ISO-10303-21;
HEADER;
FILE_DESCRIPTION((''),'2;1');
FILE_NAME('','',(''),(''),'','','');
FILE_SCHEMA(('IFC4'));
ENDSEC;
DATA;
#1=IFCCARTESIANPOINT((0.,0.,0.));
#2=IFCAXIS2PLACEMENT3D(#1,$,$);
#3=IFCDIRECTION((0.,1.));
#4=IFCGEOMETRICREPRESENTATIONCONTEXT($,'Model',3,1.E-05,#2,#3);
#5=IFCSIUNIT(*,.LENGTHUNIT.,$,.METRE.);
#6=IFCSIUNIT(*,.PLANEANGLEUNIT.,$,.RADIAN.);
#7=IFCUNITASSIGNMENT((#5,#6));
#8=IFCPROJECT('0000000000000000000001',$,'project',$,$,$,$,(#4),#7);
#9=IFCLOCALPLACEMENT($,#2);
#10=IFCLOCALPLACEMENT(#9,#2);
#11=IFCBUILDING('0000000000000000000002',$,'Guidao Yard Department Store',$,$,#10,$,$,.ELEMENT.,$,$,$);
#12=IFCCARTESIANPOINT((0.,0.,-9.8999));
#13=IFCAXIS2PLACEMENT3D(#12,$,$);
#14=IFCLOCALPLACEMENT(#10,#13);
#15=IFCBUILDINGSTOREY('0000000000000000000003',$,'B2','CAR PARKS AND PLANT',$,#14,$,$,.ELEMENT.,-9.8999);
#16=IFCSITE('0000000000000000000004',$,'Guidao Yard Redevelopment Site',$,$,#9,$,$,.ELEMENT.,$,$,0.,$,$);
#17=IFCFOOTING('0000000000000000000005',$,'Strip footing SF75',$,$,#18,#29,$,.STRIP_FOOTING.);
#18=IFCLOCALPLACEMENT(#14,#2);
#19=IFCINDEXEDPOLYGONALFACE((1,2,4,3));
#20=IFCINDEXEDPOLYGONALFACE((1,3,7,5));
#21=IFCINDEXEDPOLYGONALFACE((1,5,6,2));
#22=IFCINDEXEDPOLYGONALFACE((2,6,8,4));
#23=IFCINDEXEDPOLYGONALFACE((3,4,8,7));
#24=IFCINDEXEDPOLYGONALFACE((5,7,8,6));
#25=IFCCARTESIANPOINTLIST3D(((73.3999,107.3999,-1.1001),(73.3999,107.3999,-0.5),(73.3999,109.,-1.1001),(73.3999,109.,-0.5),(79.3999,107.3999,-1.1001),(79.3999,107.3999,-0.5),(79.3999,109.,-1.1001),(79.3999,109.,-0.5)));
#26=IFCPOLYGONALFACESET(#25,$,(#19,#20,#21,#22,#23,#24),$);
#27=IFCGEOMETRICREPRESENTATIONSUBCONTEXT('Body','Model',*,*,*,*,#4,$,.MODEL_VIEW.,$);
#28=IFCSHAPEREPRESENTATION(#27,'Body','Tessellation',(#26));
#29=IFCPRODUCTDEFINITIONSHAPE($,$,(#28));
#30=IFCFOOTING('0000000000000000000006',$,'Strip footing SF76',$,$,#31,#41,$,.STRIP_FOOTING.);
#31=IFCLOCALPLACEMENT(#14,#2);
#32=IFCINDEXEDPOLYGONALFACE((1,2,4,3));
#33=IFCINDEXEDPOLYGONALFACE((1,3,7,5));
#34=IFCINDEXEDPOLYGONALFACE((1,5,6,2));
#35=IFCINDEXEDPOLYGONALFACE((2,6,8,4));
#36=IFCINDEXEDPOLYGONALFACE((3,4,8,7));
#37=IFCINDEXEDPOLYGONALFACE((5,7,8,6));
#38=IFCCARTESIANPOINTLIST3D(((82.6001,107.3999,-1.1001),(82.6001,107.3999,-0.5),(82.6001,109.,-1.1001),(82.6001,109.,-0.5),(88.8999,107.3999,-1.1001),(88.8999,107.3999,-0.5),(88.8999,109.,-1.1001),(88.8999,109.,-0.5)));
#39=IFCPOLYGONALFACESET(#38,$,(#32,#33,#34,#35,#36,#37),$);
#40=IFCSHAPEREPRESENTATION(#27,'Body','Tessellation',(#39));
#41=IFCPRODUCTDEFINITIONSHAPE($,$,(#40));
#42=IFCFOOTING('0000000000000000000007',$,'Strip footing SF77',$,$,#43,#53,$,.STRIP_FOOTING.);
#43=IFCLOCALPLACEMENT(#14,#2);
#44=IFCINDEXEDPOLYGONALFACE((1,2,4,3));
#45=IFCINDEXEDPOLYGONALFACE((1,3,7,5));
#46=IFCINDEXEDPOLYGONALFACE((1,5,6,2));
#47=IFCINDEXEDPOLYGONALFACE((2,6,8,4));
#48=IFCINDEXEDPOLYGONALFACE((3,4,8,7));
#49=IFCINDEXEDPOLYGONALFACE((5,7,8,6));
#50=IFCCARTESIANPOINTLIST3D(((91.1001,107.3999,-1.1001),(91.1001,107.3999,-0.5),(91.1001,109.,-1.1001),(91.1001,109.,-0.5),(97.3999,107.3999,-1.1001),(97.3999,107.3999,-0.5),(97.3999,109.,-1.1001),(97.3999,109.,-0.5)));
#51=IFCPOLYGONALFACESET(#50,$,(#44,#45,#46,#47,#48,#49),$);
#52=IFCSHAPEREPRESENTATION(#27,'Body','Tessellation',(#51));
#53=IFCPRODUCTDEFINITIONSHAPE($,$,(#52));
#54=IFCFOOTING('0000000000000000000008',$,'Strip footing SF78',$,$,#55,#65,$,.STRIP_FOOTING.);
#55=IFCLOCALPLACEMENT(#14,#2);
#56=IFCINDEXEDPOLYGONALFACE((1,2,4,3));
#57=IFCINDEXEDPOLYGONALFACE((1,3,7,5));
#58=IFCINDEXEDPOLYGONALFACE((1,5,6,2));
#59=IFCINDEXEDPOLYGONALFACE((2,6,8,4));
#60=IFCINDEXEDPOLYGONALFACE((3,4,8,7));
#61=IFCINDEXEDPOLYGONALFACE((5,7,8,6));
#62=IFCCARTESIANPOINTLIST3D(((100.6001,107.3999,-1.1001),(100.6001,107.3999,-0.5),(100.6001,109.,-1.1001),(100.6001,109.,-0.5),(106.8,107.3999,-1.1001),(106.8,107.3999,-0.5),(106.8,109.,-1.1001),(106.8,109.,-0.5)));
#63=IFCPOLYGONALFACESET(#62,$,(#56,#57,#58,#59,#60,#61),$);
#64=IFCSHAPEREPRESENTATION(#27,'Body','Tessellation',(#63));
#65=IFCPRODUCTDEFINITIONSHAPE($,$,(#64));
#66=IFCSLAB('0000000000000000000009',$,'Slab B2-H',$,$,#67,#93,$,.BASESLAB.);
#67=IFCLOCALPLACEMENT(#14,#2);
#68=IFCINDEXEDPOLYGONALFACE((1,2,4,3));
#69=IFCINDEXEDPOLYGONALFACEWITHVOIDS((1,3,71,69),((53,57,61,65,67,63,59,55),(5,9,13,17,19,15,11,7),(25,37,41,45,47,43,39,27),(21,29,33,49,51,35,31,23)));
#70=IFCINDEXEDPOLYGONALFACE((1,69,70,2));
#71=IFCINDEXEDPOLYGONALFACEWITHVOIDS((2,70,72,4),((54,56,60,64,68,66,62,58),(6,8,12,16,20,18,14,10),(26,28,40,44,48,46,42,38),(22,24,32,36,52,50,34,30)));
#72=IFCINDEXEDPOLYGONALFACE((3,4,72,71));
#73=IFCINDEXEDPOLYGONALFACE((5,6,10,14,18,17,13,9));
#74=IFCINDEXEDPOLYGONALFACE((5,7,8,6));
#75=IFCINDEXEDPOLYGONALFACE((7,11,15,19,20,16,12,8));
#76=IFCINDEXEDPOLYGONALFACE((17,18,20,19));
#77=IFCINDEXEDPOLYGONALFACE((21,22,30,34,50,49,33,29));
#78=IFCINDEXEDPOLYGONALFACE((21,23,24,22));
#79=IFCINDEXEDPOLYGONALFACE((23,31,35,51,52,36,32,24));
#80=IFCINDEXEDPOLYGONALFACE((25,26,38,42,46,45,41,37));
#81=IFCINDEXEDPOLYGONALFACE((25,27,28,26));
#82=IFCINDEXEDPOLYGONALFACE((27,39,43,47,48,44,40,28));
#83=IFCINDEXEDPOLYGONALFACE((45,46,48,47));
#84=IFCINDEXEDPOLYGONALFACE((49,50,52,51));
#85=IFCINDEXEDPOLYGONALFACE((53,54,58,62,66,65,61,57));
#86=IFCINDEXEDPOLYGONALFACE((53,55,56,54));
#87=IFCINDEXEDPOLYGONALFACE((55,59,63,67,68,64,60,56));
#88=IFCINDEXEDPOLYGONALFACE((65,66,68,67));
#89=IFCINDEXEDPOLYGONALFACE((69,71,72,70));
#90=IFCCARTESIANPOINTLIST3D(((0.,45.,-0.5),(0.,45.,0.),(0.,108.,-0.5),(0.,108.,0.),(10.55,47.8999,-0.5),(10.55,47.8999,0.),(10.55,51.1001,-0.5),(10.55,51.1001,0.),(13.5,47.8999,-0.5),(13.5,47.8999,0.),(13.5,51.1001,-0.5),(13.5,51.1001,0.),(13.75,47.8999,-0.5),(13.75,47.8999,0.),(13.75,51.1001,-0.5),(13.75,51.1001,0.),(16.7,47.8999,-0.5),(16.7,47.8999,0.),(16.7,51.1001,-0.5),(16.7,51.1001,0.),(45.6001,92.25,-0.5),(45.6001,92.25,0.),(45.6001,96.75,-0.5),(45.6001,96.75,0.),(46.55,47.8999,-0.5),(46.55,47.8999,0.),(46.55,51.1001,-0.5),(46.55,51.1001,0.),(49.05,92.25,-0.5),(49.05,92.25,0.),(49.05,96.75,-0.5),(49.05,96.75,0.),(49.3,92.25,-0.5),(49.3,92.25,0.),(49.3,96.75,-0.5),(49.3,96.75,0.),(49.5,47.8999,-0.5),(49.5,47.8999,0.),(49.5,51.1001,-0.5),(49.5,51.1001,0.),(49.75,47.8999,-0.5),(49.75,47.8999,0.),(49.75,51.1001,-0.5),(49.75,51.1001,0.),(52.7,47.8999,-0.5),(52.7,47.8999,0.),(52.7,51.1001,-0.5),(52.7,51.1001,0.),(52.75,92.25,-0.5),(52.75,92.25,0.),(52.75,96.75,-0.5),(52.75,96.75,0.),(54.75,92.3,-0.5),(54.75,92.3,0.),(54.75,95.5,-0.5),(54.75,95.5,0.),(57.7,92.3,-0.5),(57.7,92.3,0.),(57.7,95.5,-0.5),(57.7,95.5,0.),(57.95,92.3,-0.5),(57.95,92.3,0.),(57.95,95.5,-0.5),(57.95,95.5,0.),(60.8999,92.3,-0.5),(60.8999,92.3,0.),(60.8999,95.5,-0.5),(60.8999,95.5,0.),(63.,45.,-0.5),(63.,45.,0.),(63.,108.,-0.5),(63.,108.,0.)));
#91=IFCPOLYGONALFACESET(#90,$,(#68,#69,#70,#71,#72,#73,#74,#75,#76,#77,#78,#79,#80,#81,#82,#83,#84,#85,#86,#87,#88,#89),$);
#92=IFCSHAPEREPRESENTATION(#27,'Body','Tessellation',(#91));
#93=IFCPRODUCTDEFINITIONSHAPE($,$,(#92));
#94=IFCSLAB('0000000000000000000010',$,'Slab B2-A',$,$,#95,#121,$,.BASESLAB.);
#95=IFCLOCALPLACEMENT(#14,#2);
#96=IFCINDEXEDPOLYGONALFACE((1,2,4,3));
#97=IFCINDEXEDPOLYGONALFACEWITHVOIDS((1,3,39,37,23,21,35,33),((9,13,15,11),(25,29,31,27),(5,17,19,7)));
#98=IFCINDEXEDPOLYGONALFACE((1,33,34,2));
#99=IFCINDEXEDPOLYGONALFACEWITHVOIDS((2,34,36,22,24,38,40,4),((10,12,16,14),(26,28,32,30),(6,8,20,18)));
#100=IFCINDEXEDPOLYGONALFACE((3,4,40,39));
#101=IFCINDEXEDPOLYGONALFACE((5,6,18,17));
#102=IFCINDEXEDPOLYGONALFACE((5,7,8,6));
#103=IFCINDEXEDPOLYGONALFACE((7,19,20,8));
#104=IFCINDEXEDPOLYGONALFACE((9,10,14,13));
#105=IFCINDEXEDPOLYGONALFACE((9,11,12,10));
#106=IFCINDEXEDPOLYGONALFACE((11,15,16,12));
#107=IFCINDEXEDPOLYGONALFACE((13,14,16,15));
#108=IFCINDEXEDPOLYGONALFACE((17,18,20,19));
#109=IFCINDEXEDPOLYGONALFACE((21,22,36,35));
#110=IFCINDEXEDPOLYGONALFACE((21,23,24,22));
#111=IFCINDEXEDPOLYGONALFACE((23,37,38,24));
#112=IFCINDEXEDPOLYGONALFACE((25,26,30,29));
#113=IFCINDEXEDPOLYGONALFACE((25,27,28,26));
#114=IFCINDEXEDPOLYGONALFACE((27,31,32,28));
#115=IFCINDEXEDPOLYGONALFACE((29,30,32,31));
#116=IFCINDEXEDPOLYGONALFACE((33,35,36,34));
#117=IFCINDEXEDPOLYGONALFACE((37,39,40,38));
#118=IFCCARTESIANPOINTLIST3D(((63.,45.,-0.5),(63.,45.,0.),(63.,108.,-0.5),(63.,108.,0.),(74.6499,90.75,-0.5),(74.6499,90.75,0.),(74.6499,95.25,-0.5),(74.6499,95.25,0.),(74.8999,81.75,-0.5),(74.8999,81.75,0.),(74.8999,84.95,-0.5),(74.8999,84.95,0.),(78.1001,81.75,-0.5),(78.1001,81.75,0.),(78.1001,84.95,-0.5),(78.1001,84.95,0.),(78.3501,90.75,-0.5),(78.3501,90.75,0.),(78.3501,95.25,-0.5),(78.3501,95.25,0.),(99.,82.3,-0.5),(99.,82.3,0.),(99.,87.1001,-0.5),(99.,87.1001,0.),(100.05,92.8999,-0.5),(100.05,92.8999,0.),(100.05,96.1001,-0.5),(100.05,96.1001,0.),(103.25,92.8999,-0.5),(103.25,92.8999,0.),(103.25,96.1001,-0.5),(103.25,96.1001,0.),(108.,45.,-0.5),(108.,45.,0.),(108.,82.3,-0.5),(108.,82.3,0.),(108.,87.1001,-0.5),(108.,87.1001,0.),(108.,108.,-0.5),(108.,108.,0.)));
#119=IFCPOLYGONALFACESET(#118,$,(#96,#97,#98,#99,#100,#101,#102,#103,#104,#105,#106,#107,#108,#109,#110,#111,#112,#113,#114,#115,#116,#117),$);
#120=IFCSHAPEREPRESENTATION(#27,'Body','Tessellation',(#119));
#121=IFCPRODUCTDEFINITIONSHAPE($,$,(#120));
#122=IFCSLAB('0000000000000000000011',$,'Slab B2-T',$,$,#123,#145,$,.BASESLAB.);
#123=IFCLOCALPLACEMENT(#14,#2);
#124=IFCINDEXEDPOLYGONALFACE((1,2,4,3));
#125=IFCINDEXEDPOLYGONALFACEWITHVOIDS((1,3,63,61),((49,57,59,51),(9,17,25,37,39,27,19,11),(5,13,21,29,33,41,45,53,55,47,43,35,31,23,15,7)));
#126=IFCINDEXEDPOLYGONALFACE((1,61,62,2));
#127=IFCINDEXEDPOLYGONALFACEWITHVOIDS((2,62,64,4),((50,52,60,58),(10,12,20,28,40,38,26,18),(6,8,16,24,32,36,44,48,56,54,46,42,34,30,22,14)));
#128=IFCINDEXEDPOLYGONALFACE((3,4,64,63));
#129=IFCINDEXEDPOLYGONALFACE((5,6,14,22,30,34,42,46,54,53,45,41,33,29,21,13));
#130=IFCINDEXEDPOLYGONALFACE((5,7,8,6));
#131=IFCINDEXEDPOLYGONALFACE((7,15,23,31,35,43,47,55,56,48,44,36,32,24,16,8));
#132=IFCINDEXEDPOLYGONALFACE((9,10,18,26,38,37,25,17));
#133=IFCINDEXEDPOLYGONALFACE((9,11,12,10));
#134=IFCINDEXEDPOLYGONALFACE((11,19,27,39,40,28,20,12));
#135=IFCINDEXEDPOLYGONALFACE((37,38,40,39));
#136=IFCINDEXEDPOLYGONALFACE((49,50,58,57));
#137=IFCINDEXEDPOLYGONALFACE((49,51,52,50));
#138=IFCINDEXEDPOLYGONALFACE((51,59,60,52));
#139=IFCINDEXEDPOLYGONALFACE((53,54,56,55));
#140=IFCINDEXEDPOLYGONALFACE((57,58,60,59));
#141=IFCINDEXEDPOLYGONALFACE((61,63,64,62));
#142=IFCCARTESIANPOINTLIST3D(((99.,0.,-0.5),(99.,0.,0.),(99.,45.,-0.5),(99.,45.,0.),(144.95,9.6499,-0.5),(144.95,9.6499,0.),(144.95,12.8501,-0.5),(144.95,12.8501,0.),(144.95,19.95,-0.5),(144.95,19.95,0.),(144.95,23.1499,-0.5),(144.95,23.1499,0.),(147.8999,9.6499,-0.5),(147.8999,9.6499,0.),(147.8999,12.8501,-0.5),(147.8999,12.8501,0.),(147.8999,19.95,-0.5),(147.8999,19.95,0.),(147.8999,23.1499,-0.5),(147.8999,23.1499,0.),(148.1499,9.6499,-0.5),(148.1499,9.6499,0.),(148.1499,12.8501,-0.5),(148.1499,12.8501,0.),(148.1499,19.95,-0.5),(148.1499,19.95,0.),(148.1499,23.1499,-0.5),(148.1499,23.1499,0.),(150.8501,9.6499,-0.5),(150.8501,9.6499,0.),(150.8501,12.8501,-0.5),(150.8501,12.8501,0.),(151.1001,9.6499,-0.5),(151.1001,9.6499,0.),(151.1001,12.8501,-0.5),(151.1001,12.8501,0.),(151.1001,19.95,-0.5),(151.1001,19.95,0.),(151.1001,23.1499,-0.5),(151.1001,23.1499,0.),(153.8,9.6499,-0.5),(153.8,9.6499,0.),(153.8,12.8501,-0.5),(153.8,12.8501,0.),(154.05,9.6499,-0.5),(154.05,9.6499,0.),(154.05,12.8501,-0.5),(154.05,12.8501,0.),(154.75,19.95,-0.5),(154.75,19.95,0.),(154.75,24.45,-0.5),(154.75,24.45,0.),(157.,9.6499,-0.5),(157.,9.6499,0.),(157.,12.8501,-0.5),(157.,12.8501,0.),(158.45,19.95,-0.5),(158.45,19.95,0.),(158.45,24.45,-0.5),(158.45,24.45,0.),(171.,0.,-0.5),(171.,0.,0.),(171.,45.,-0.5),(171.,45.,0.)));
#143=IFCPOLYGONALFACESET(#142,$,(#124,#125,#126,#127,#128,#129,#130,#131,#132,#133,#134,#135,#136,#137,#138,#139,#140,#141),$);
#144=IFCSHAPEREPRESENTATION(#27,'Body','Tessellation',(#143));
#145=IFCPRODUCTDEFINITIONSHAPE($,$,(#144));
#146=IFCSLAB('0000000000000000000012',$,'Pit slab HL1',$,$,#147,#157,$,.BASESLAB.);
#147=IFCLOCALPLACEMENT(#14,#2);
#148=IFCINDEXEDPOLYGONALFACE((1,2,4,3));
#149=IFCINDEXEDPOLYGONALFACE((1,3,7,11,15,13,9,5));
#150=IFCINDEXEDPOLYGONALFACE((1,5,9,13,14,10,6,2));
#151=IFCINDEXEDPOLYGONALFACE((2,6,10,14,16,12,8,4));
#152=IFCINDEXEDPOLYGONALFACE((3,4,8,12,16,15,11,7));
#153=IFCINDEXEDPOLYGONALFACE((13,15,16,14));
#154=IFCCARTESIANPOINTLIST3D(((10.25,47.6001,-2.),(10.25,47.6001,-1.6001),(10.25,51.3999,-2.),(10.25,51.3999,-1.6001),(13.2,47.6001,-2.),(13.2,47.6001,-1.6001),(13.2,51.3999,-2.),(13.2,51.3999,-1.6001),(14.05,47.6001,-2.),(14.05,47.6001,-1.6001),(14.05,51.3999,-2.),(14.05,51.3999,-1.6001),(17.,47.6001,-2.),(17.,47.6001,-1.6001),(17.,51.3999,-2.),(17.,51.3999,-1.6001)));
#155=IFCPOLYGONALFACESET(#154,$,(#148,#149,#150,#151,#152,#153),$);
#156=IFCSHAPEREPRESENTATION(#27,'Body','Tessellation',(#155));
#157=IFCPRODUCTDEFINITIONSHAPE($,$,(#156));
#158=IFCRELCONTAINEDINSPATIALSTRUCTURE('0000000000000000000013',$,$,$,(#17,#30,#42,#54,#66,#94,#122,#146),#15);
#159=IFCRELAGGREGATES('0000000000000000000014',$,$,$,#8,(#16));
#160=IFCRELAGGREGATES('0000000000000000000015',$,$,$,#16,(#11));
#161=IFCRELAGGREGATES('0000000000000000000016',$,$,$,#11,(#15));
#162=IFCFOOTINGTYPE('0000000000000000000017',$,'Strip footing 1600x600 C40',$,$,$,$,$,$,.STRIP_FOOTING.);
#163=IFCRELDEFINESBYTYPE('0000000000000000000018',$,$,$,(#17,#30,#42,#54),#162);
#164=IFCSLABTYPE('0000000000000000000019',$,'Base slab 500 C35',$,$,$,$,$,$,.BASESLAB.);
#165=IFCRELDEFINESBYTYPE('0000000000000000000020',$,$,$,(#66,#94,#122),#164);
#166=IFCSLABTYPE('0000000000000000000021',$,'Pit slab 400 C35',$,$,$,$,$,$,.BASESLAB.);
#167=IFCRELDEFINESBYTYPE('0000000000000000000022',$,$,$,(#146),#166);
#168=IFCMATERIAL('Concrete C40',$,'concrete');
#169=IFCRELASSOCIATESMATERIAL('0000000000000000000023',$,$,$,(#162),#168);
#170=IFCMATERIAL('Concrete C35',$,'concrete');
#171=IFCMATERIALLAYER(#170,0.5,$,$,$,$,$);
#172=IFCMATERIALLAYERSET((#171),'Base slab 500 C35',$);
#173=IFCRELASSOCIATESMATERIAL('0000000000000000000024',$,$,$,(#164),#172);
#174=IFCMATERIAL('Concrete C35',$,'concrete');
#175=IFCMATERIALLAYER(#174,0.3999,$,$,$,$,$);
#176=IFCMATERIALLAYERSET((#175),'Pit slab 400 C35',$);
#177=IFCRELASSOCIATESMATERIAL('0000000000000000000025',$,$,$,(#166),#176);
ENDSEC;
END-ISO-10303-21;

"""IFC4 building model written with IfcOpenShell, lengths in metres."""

from ifc_helpers import new_model, si_unit, direction, frame, origin, place, context, subcontext, project, spatial, polyline, outline, extrude, material, layer, layer_set, type_object, element, save


model = new_model("IFC4")

# Units and contexts
model_context = context("Model", 3, precision=1e-05, world=origin(), true_north=direction((0.0, 1.0)))
body_context = subcontext(model_context, "Body", "Model", "MODEL_VIEW")
ifc_project = project(units=[si_unit("LENGTHUNIT", "METRE"), si_unit("PLANEANGLEUNIT", "RADIAN")], contexts=[model_context])

# Site, building, storey
site_placement = place(None, origin())
site = spatial("IfcSite", under=ifc_project, at=site_placement, Name="Guidao Yard Redevelopment Site", CompositionType="ELEMENT", RefElevation=0.0)
building_placement = place(site_placement, origin())
building = spatial("IfcBuilding", under=site, at=building_placement, Name="Guidao Yard Department Store", CompositionType="ELEMENT")
storey_placement = place(building_placement, frame((0.0, 0.0, -9.8999)))
storey = spatial("IfcBuildingStorey", under=building, at=storey_placement, Name="B2", Description="CAR PARKS AND PLANT", CompositionType="ELEMENT", Elevation=-9.8999)

# Footings
ifc_material_1 = material(Name="Concrete C40", Category="concrete")
footing_type_1 = type_object("IfcFootingType", Name="Strip footing 1600x600 C40", PredefinedType="STRIP_FOOTING", material=ifc_material_1)
footing_1_placement = place(storey_placement, frame((0.0, 0.0, -1.1001)))
element("IfcFooting", 1, at=footing_1_placement, inside=storey, type_object=footing_type_1, Name="Strip footing SF75", PredefinedType="STRIP_FOOTING", context=body_context, shape_type="SweptSolid", body=[
    extrude(outline(polyline([(79.3999, 109.0), (73.3999, 109.0), (73.3999, 107.3999), (79.3999, 107.3999), (79.3999, 109.0)])), origin(), (0.0, 0.0, 1.0), 0.6001),
])
footing_2_placement = place(storey_placement, frame((0.0, 0.0, -1.1001)))
element("IfcFooting", 2, at=footing_2_placement, inside=storey, type_object=footing_type_1, Name="Strip footing SF76", PredefinedType="STRIP_FOOTING", context=body_context, shape_type="SweptSolid", body=[
    extrude(outline(polyline([(82.6001, 107.3999), (88.8999, 107.3999), (88.8999, 109.0), (82.6001, 109.0), (82.6001, 107.3999)])), origin(), (0.0, 0.0, 1.0), 0.6001),
])
footing_3_placement = place(storey_placement, frame((0.0, 0.0, -1.1001)))
element("IfcFooting", 3, at=footing_3_placement, inside=storey, type_object=footing_type_1, Name="Strip footing SF77", PredefinedType="STRIP_FOOTING", context=body_context, shape_type="SweptSolid", body=[
    extrude(outline(polyline([(91.1001, 107.3999), (97.3999, 107.3999), (97.3999, 109.0), (91.1001, 109.0), (91.1001, 107.3999)])), origin(), (0.0, 0.0, 1.0), 0.6001),
])
footing_4_placement = place(storey_placement, frame((0.0, 0.0, -1.1001)))
element("IfcFooting", 4, at=footing_4_placement, inside=storey, type_object=footing_type_1, Name="Strip footing SF78", PredefinedType="STRIP_FOOTING", context=body_context, shape_type="SweptSolid", body=[
    extrude(outline(polyline([(100.6001, 107.3999), (106.8, 107.3999), (106.8, 109.0), (100.6001, 109.0), (100.6001, 107.3999)])), origin(), (0.0, 0.0, 1.0), 0.6001),
])

# Slabs
ifc_material_2 = material(Name="Concrete C35", Category="concrete")
ifc_layer_1 = layer(ifc_material_2, 0.5)
ifc_layer_set_1 = layer_set([ifc_layer_1], Name="Base slab 500 C35")
slab_type_1 = type_object("IfcSlabType", Name="Base slab 500 C35", PredefinedType="BASESLAB", material=ifc_layer_set_1)
slab_1_placement = place(storey_placement, frame((0.0, 0.0, -0.5)))
element("IfcSlab", 5, at=slab_1_placement, inside=storey, type_object=slab_type_1, Name="Slab B2-H", PredefinedType="BASESLAB", context=body_context, shape_type="SweptSolid", body=[
    extrude(outline(polyline([(0.0, 108.0), (63.0, 108.0), (63.0, 45.0), (0.0, 45.0), (0.0, 108.0)]), holes=[polyline([(13.75, 47.8999), (16.7, 47.8999), (16.7, 51.1001), (13.75, 51.1001), (13.5, 51.1001), (10.55, 51.1001), (10.55, 47.8999), (13.5, 47.8999), (13.75, 47.8999)]), polyline([(49.75, 47.8999), (52.7, 47.8999), (52.7, 51.1001), (49.75, 51.1001), (49.5, 51.1001), (46.55, 51.1001), (46.55, 47.8999), (49.5, 47.8999), (49.75, 47.8999)]), polyline([(57.95, 95.5), (57.7, 95.5), (54.75, 95.5), (54.75, 92.3), (57.7, 92.3), (57.95, 92.3), (60.8999, 92.3), (60.8999, 95.5), (57.95, 95.5)]), polyline([(49.05, 92.25), (49.3, 92.25), (52.75, 92.25), (52.75, 96.75), (49.3, 96.75), (49.05, 96.75), (45.6001, 96.75), (45.6001, 92.25), (49.05, 92.25)])]), origin(), (0.0, 0.0, 1.0), 0.5),
])
slab_2_placement = place(storey_placement, frame((0.0, 0.0, -0.5)))
element("IfcSlab", 6, at=slab_2_placement, inside=storey, type_object=slab_type_1, Name="Slab B2-A", PredefinedType="BASESLAB", context=body_context, shape_type="SweptSolid", body=[
    extrude(outline(polyline([(108.0, 108.0), (108.0, 87.1001), (99.0, 87.1001), (99.0, 82.3), (108.0, 82.3), (108.0, 45.0), (63.0, 45.0), (63.0, 108.0), (108.0, 108.0)]), holes=[polyline([(74.8999, 84.95), (74.8999, 81.75), (78.1001, 81.75), (78.1001, 84.95), (74.8999, 84.95)]), polyline([(78.3501, 90.75), (78.3501, 95.25), (74.6499, 95.25), (74.6499, 90.75), (78.3501, 90.75)]), polyline([(103.25, 92.8999), (103.25, 96.1001), (100.05, 96.1001), (100.05, 92.8999), (103.25, 92.8999)])]), origin(), (0.0, 0.0, 1.0), 0.5),
])
slab_3_placement = place(storey_placement, frame((0.0, 0.0, -0.5)))
element("IfcSlab", 7, at=slab_3_placement, inside=storey, type_object=slab_type_1, Name="Slab B2-T", PredefinedType="BASESLAB", context=body_context, shape_type="SweptSolid", body=[
    extrude(outline(polyline([(99.0, 45.0), (171.0, 45.0), (171.0, 0.0), (99.0, 0.0), (99.0, 45.0)]), holes=[polyline([(151.1001, 12.8501), (150.8501, 12.8501), (148.1499, 12.8501), (147.8999, 12.8501), (144.95, 12.8501), (144.95, 9.6499), (147.8999, 9.6499), (148.1499, 9.6499), (150.8501, 9.6499), (151.1001, 9.6499), (153.8, 9.6499), (154.05, 9.6499), (157.0, 9.6499), (157.0, 12.8501), (154.05, 12.8501), (153.8, 12.8501), (151.1001, 12.8501)]), polyline([(148.1499, 19.95), (151.1001, 19.95), (151.1001, 23.1499), (148.1499, 23.1499), (147.8999, 23.1499), (144.95, 23.1499), (144.95, 19.95), (147.8999, 19.95), (148.1499, 19.95)]), polyline([(158.45, 19.95), (158.45, 24.45), (154.75, 24.45), (154.75, 19.95), (158.45, 19.95)])]), origin(), (0.0, 0.0, 1.0), 0.5),
])
ifc_material_3 = material(Name="Concrete C35", Category="concrete")
ifc_layer_2 = layer(ifc_material_3, 0.3999)
ifc_layer_set_2 = layer_set([ifc_layer_2], Name="Pit slab 400 C35")
slab_type_2 = type_object("IfcSlabType", Name="Pit slab 400 C35", PredefinedType="BASESLAB", material=ifc_layer_set_2)
slab_4_placement = place(storey_placement, frame((0.0, 0.0, -2.0)))
element("IfcSlab", 8, at=slab_4_placement, inside=storey, type_object=slab_type_2, Name="Pit slab HL1", PredefinedType="BASESLAB", context=body_context, shape_type="SweptSolid", body=[
    extrude(outline(polyline([(13.2, 51.3999), (14.05, 51.3999), (17.0, 51.3999), (17.0, 47.6001), (14.05, 47.6001), (13.2, 47.6001), (10.25, 47.6001), (10.25, 51.3999), (13.2, 51.3999)])), origin(), (0.0, 0.0, 1.0), 0.3999),
])

save(model, "model.ifc")
